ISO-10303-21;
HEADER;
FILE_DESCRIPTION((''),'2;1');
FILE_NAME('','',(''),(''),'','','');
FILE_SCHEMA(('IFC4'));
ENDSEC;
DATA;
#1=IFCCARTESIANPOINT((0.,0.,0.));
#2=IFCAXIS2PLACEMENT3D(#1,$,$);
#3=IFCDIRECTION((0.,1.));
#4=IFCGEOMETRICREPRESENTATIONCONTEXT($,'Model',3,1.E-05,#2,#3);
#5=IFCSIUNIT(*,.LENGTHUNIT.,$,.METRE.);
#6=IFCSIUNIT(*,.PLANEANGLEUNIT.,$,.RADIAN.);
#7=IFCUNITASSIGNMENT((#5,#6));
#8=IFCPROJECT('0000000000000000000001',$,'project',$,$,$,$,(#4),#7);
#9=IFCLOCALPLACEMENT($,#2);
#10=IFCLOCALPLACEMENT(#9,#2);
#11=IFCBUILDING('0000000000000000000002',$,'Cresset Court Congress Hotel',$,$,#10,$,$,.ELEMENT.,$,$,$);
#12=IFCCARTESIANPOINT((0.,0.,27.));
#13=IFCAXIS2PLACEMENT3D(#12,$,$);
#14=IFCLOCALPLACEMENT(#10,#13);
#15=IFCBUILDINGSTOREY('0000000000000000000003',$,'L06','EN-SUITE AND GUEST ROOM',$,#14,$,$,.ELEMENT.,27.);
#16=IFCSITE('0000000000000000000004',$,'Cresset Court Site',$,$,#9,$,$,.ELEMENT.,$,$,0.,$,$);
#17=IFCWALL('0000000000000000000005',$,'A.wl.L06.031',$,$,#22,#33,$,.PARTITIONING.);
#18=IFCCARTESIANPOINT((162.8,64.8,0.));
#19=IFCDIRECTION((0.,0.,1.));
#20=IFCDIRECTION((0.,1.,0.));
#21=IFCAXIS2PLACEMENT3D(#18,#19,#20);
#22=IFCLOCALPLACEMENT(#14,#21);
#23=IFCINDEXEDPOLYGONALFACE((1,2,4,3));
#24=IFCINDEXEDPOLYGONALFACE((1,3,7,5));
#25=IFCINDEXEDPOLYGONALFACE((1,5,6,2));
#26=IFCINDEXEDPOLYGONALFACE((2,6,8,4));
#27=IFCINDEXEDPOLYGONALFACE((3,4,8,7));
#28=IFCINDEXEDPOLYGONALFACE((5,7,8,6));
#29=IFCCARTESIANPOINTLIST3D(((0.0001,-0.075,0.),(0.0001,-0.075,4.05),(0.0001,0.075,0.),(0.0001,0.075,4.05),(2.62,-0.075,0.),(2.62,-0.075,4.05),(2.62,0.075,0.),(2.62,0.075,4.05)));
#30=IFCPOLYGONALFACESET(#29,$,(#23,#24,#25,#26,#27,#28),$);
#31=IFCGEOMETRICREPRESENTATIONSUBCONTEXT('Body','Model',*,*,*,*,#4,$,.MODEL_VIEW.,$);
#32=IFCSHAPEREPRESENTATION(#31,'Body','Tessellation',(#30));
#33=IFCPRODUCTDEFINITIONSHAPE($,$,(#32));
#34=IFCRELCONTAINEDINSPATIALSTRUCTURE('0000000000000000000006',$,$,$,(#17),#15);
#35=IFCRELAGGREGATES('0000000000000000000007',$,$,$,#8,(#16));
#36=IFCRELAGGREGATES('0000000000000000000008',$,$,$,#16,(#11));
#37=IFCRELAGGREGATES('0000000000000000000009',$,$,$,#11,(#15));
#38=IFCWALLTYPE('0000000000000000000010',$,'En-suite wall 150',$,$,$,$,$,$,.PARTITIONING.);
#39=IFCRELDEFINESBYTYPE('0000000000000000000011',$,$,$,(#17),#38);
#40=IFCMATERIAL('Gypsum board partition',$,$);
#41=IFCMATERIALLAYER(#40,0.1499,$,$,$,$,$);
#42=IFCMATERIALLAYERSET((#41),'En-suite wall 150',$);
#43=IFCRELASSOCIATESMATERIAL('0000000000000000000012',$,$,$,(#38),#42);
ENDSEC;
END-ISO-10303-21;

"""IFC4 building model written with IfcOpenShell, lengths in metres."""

from ifc_helpers import new_model, si_unit, direction, frame, frame_2d, origin, place, context, subcontext, project, spatial, rectangle, extrude, material, layer, layer_set, type_object, element, save


model = new_model("IFC4")

# Units and contexts
model_context = context("Model", 3, precision=1e-05, world=origin(), true_north=direction((0.0, 1.0)))
body_context = subcontext(model_context, "Body", "Model", "MODEL_VIEW")
ifc_project = project(units=[si_unit("LENGTHUNIT", "METRE"), si_unit("PLANEANGLEUNIT", "RADIAN")], contexts=[model_context])

# Site, building, storey
site_placement = place(None, origin())
site = spatial("IfcSite", under=ifc_project, at=site_placement, Name="Cresset Court Site", CompositionType="ELEMENT", RefElevation=0.0)
building_placement = place(site_placement, origin())
building = spatial("IfcBuilding", under=site, at=building_placement, Name="Cresset Court Congress Hotel", CompositionType="ELEMENT")
storey_placement = place(building_placement, frame((0.0, 0.0, 27.0)))
storey = spatial("IfcBuildingStorey", under=building, at=storey_placement, Name="L06", Description="EN-SUITE AND GUEST ROOM", CompositionType="ELEMENT", Elevation=27.0)

# Wall
ifc_material_1 = material(Name="Gypsum board partition")
ifc_layer_1 = layer(ifc_material_1, 0.1499)
ifc_layer_set_1 = layer_set([ifc_layer_1], Name="En-suite wall 150")
wall_type_1 = type_object("IfcWallType", Name="En-suite wall 150", PredefinedType="PARTITIONING", material=ifc_layer_set_1)
wall_1_placement = place(storey_placement, frame((162.8, 64.8, 0.0), z_axis=(0.0, 0.0, 1.0), x_axis=(0.0, 1.0, 0.0)))
element("IfcWall", 1, at=wall_1_placement, inside=storey, type_object=wall_type_1, Name="A.wl.L06.031", PredefinedType="PARTITIONING", context=body_context, shape_type="SweptSolid", body=[
    extrude(rectangle(XDim=2.6199, YDim=0.1499, at=frame_2d((1.3101, 0.0))), origin(), (0.0, 0.0, 1.0), 4.05),
])

save(model, "model.ifc")
